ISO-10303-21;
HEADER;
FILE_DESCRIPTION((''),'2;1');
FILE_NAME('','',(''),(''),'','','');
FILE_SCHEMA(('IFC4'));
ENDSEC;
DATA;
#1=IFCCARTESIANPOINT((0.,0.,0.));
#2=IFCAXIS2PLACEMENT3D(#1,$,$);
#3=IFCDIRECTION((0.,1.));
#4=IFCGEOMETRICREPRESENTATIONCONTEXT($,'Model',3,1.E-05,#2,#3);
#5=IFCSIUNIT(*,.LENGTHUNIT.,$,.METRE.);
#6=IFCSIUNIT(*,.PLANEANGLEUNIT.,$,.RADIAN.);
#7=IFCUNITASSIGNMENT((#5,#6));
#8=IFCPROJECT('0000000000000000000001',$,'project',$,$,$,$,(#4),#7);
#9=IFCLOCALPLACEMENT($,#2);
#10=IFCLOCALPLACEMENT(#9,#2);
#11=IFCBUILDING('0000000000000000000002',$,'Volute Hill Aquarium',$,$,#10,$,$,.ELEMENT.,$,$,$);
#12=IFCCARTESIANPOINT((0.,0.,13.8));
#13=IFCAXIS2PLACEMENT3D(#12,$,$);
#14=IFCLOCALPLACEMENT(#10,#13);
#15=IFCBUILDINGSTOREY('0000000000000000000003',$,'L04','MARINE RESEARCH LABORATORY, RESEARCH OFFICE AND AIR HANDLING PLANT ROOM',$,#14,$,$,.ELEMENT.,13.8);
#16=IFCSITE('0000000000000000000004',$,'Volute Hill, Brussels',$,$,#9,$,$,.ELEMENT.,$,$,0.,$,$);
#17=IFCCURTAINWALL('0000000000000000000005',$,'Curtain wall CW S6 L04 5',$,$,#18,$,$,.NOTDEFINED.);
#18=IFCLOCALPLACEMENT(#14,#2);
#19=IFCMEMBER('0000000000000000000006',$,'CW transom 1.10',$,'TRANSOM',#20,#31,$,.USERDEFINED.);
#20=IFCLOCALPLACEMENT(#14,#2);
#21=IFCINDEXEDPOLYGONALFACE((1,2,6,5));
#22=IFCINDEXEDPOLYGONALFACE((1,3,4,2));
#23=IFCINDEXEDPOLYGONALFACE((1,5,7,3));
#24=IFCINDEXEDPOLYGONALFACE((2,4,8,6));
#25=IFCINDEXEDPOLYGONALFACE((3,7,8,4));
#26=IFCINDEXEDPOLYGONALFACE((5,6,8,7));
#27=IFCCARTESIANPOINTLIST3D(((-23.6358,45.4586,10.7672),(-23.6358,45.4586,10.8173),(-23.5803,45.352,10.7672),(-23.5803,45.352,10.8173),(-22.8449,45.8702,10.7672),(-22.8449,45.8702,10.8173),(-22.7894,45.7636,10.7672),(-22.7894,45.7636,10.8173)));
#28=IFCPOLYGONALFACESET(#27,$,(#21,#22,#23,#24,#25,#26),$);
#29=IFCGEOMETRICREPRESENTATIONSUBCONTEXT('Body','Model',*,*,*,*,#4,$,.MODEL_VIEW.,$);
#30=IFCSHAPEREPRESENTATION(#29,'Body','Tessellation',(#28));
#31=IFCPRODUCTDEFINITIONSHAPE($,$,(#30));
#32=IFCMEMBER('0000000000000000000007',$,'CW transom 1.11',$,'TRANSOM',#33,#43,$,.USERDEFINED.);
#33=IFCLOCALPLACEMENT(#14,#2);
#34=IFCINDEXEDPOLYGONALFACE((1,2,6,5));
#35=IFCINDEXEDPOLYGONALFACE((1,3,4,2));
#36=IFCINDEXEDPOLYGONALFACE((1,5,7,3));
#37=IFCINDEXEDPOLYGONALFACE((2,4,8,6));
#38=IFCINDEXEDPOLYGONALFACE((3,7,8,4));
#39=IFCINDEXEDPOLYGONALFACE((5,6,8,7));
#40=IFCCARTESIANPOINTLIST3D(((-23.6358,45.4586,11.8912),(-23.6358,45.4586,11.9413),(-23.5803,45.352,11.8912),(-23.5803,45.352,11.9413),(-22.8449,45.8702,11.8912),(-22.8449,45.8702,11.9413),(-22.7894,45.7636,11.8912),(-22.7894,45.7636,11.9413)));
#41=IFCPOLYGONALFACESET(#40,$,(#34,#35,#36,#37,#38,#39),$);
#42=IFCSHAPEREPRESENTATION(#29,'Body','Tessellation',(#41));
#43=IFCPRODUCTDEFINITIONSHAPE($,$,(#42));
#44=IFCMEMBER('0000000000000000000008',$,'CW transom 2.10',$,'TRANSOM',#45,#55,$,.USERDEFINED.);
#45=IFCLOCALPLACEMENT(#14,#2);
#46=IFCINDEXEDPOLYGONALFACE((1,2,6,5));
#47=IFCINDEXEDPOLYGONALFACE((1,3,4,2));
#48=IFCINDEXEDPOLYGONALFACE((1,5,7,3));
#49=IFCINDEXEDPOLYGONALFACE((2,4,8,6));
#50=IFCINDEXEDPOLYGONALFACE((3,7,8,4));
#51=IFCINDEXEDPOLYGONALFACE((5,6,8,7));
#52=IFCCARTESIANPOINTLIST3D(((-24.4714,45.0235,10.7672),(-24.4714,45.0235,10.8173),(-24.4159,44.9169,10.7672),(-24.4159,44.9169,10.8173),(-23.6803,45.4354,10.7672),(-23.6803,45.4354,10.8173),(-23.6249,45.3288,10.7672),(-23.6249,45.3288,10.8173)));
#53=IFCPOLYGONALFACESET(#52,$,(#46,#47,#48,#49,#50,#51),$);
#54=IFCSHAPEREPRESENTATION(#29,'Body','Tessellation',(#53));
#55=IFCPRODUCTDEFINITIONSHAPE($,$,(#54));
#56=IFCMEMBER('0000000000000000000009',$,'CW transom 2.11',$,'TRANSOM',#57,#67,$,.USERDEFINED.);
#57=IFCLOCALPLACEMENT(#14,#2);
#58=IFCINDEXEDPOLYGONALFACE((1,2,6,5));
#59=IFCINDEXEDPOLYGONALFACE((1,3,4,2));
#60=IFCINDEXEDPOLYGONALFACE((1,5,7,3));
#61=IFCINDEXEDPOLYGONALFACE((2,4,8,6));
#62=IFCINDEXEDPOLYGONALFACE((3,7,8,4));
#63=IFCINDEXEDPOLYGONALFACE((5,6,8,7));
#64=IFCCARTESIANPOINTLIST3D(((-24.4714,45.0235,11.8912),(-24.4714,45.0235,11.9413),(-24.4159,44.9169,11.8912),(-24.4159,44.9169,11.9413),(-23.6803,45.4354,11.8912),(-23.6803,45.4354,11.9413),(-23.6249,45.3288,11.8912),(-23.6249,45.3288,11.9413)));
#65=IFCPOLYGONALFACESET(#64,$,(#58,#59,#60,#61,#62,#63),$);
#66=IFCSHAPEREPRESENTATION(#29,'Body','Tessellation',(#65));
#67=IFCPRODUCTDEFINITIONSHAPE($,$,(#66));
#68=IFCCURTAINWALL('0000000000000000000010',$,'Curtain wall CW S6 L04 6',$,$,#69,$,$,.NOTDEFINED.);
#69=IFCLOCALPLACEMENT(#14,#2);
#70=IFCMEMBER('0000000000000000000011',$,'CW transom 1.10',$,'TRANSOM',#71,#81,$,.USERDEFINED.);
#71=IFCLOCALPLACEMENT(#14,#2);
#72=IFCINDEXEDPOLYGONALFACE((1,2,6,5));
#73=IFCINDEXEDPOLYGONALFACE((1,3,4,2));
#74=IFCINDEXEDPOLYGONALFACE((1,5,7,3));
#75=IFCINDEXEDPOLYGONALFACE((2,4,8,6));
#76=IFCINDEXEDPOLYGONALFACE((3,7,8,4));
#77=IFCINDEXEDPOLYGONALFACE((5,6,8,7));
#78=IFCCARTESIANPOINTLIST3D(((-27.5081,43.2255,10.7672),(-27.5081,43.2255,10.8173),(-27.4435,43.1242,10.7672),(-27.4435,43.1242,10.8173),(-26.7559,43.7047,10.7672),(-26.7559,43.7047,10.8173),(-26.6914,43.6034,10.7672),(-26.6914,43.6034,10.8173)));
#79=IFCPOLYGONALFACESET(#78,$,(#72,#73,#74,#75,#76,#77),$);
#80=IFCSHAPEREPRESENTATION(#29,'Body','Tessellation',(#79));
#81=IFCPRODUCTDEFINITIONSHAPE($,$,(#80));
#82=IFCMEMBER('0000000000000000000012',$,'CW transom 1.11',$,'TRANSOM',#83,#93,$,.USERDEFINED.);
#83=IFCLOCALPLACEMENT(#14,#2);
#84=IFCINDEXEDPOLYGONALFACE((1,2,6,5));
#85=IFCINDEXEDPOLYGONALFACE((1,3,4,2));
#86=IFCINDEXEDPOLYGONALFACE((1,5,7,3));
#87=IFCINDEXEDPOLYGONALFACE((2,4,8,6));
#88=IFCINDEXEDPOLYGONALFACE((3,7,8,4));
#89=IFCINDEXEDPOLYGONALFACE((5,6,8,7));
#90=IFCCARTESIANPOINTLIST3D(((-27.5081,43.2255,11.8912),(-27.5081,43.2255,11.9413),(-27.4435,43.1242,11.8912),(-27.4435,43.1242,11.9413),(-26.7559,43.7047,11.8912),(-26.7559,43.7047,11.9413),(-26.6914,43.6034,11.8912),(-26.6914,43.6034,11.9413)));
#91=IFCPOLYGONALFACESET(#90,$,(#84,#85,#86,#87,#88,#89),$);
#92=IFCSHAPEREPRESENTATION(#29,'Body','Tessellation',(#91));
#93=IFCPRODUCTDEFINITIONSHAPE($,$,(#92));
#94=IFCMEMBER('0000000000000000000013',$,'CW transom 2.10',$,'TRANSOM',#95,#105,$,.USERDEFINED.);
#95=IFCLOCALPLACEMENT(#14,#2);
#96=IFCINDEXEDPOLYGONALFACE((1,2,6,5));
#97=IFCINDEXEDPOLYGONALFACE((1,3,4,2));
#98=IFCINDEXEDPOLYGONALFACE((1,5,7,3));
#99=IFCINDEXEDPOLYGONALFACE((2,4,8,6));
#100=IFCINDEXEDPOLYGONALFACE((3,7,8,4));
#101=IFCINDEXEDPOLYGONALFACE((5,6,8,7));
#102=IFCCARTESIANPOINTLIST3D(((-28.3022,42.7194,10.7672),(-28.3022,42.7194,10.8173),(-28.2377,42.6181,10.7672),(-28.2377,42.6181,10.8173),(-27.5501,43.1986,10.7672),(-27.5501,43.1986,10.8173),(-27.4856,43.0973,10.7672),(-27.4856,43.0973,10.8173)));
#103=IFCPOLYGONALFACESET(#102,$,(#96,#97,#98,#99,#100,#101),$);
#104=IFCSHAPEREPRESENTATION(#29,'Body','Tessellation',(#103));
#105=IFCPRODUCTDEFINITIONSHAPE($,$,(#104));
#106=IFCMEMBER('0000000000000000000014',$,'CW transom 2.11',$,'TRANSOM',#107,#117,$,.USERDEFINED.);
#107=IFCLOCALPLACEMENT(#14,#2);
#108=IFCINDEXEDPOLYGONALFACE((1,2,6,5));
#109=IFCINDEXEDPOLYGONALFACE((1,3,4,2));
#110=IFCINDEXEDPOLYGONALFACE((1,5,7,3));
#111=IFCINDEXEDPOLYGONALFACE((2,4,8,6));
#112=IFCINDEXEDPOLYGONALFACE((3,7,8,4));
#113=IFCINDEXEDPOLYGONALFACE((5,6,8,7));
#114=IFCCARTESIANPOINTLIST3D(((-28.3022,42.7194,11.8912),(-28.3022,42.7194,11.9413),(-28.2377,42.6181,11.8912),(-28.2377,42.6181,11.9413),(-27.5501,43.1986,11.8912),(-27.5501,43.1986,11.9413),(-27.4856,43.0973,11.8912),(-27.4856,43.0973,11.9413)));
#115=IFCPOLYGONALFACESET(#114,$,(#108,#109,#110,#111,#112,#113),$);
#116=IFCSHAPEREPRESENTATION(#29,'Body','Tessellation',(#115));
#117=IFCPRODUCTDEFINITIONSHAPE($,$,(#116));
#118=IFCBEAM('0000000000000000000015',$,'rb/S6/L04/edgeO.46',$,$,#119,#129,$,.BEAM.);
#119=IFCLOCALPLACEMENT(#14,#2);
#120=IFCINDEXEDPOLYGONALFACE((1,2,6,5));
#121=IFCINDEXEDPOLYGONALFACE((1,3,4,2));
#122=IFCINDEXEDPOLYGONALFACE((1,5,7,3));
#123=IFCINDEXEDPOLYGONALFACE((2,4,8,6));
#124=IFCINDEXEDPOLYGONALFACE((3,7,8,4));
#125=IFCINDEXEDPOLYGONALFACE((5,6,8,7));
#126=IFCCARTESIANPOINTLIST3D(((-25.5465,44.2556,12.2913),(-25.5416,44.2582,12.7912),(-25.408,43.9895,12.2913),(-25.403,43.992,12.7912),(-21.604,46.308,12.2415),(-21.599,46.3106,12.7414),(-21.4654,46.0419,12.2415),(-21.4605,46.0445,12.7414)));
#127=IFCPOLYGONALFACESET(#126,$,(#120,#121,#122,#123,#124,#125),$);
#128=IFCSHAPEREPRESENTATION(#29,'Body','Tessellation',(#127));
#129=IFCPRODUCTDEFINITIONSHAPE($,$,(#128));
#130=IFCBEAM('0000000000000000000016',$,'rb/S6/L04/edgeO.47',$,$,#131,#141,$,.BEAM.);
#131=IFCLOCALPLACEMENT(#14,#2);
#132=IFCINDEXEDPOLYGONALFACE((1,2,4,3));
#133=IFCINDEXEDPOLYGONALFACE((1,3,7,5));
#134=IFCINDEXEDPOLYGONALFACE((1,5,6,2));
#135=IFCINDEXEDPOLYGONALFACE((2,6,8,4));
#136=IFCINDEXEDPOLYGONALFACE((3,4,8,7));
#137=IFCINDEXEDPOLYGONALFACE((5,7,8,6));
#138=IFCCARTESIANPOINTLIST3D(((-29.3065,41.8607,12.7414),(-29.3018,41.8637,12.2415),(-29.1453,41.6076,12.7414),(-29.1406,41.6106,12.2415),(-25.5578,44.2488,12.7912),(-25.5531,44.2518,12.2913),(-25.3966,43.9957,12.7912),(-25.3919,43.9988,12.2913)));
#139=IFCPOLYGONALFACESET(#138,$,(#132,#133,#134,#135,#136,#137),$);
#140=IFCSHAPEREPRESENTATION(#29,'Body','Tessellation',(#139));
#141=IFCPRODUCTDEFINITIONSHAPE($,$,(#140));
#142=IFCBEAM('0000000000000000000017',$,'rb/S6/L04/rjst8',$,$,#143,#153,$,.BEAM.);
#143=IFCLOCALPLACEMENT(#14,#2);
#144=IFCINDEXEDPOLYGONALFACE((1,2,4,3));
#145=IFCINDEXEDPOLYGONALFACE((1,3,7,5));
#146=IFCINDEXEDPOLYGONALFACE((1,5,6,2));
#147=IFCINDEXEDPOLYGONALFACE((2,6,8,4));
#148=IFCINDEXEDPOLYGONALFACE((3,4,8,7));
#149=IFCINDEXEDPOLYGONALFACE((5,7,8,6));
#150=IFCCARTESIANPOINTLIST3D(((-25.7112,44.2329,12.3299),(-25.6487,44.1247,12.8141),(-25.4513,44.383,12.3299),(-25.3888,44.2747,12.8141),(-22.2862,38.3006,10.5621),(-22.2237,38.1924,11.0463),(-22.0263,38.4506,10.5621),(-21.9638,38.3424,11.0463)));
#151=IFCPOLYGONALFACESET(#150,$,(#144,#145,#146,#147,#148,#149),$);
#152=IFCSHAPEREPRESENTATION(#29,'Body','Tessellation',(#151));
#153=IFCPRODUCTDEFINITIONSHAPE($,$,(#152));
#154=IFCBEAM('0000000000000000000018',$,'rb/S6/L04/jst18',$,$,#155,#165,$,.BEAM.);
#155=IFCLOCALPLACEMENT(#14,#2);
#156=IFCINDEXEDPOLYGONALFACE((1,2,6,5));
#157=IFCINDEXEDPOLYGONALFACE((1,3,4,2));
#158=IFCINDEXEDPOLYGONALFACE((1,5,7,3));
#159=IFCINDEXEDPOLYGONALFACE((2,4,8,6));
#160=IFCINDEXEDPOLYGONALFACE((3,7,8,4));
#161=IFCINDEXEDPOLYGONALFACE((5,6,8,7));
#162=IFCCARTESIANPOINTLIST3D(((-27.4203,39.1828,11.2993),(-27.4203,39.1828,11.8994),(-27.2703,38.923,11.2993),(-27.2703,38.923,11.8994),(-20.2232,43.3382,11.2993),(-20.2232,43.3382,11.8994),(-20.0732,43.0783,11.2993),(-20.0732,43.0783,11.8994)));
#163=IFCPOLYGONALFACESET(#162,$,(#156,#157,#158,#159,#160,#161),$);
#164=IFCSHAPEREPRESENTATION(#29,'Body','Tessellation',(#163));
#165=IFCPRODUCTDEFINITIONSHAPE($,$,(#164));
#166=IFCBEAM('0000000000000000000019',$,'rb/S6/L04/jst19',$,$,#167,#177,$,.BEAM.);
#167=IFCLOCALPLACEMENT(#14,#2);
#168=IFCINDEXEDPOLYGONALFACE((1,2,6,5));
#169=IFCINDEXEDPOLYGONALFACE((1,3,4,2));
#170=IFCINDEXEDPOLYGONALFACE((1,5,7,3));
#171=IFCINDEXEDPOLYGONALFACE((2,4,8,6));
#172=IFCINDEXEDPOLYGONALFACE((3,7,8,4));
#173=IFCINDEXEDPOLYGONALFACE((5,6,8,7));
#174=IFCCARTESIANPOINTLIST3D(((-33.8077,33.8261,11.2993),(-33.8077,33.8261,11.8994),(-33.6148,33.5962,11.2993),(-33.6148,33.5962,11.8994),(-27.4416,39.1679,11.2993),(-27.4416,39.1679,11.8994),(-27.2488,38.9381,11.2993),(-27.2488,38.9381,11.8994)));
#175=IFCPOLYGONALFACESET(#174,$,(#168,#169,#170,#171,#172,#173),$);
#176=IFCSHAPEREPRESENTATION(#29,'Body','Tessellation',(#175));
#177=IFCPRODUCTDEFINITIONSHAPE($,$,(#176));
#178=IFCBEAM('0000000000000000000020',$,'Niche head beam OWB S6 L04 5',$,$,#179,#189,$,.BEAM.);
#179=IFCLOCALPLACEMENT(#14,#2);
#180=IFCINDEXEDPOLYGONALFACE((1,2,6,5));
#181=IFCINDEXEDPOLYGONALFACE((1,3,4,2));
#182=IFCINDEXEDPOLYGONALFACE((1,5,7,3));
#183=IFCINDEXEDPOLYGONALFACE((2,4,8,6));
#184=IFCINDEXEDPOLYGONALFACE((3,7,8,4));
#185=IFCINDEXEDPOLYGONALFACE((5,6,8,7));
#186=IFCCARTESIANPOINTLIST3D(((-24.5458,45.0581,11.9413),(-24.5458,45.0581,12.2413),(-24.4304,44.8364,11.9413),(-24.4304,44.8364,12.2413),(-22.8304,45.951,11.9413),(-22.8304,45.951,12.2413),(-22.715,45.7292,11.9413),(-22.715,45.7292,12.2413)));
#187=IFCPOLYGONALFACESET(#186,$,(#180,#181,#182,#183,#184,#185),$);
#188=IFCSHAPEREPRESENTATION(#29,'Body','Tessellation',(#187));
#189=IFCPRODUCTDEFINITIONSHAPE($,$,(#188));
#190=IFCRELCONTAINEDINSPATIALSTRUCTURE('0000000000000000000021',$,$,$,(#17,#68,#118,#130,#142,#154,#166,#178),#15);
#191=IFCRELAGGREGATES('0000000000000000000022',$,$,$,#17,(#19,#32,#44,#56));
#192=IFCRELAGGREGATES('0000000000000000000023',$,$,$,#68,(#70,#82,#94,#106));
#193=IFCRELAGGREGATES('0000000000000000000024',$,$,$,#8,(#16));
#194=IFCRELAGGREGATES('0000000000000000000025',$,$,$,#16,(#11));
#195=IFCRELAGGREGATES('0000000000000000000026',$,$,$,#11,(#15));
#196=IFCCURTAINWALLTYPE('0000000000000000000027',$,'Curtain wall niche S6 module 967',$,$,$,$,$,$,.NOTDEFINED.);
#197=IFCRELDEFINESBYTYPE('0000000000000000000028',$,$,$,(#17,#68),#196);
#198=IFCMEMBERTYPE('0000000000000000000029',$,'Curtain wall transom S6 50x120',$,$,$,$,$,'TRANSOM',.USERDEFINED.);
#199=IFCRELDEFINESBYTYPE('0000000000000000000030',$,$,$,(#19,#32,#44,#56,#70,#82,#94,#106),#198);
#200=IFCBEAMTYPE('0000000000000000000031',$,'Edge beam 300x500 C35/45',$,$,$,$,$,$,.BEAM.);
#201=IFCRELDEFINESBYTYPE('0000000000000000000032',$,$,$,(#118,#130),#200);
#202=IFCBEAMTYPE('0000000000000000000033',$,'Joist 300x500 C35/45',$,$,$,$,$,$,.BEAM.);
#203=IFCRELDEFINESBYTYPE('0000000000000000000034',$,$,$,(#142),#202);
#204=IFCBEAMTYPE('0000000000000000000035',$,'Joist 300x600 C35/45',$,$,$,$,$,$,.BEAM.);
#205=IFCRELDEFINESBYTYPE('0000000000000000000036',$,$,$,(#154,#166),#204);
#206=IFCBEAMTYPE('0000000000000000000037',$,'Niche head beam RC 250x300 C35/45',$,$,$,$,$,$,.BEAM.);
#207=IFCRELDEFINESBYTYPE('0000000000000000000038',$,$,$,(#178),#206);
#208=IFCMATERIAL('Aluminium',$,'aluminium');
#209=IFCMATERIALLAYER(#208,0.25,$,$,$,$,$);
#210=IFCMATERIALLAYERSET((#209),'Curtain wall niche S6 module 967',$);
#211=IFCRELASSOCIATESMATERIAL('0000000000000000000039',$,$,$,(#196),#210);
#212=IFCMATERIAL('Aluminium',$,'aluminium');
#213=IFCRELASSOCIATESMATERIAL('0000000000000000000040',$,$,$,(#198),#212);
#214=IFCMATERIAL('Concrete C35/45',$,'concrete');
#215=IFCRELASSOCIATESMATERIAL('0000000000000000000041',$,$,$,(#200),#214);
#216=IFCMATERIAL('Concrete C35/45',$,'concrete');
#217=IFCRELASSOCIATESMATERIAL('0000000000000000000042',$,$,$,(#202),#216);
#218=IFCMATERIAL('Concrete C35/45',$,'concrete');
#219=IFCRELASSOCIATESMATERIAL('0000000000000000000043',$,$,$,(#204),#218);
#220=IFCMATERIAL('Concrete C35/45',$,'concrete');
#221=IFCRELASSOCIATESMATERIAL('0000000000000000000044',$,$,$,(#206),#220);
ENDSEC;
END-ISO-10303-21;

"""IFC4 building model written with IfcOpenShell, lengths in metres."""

from ifc_helpers import new_model, si_unit, direction, frame, origin, origin_2d, place, context, subcontext, project, spatial, rectangle, extrude, material, layer, layer_set, material_profile, profile_set, type_object, element, aggregate, save


model = new_model("IFC4")

# Units and contexts
model_context = context("Model", 3, precision=1e-05, world=origin(), true_north=direction((0.0, 1.0)))
body_context = subcontext(model_context, "Body", "Model", "MODEL_VIEW")
ifc_project = project(units=[si_unit("LENGTHUNIT", "METRE"), si_unit("PLANEANGLEUNIT", "RADIAN")], contexts=[model_context])

# Site, building, storey
site_placement = place(None, origin())
site = spatial("IfcSite", under=ifc_project, at=site_placement, Name="Volute Hill, Brussels", CompositionType="ELEMENT", RefElevation=0.0)
building_placement = place(site_placement, origin())
building = spatial("IfcBuilding", under=site, at=building_placement, Name="Volute Hill Aquarium", CompositionType="ELEMENT")
storey_placement = place(building_placement, frame((0.0, 0.0, 13.8)))
storey = spatial("IfcBuildingStorey", under=building, at=storey_placement, Name="L04", Description="MARINE RESEARCH LABORATORY, RESEARCH OFFICE AND AIR HANDLING PLANT ROOM", CompositionType="ELEMENT", Elevation=13.8)

# Curtain walls, members
ifc_material_1 = material(Name="Aluminium", Category="aluminium")
ifc_layer_1 = layer(ifc_material_1, 0.25)
ifc_layer_set_1 = layer_set([ifc_layer_1], Name="Curtain wall niche S6 module 967")
curtain_wall_type = type_object("IfcCurtainWallType", Name="Curtain wall niche S6 module 967", PredefinedType="NOTDEFINED", material=ifc_layer_set_1)
curtain_wall_1_placement = place(storey_placement, origin())
curtain_wall_1 = element("IfcCurtainWall", 1, at=curtain_wall_1_placement, inside=storey, type_object=curtain_wall_type, Name="Curtain wall CW S6 L04 5", PredefinedType="NOTDEFINED")
ifc_material_2 = material(Name="Aluminium", Category="aluminium")
ifc_material_profile_1 = material_profile(ifc_material_2, rectangle(XDim=0.1201, YDim=0.05, at=origin_2d()), Name="Curtain wall transom S6 50x120")
ifc_profile_set_1 = profile_set([ifc_material_profile_1], Name="Aluminium")
member_type = type_object("IfcMemberType", Name="Curtain wall transom S6 50x120", ElementType="TRANSOM", PredefinedType="USERDEFINED", material=ifc_profile_set_1)
member_1_placement = place(storey_placement, frame((-22.8171, 45.8169, 10.7922), z_axis=(-0.887082, -0.461611, 0.0), x_axis=(0.461611, -0.887082, 0.0)))
member_1 = element("IfcMember", 2, at=member_1_placement, type_object=member_type, Name="CW transom 1.10", ObjectType="TRANSOM", PredefinedType="USERDEFINED", context=body_context, shape_type="SweptSolid", body=[
    extrude(rectangle(XDim=0.1201, YDim=0.05, at=origin_2d()), origin(), (0.0, 0.0, 1.0), 0.8916),
])
member_2_placement = place(storey_placement, frame((-22.8171, 45.8169, 11.9163), z_axis=(-0.887082, -0.461611, 0.0), x_axis=(0.461611, -0.887082, 0.0)))
member_2 = element("IfcMember", 3, at=member_2_placement, type_object=member_type, Name="CW transom 1.11", ObjectType="TRANSOM", PredefinedType="USERDEFINED", context=body_context, shape_type="SweptSolid", body=[
    extrude(rectangle(XDim=0.1201, YDim=0.05, at=origin_2d()), origin(), (0.0, 0.0, 1.0), 0.8916),
])
member_3_placement = place(storey_placement, frame((-23.6526, 45.3821, 10.7922), z_axis=(-0.88697, -0.461827, 0.0), x_axis=(0.461827, -0.88697, 0.0)))
member_3 = element("IfcMember", 4, at=member_3_placement, type_object=member_type, Name="CW transom 2.10", ObjectType="TRANSOM", PredefinedType="USERDEFINED", context=body_context, shape_type="SweptSolid", body=[
    extrude(rectangle(XDim=0.1201, YDim=0.05, at=origin_2d()), origin(), (0.0, 0.0, 1.0), 0.8918),
])
member_4_placement = place(storey_placement, frame((-23.6526, 45.3821, 11.9163), z_axis=(-0.88697, -0.461827, 0.0), x_axis=(0.461827, -0.88697, 0.0)))
member_4 = element("IfcMember", 5, at=member_4_placement, type_object=member_type, Name="CW transom 2.11", ObjectType="TRANSOM", PredefinedType="USERDEFINED", context=body_context, shape_type="SweptSolid", body=[
    extrude(rectangle(XDim=0.1201, YDim=0.05, at=origin_2d()), origin(), (0.0, 0.0, 1.0), 0.8918),
])
curtain_wall_2_placement = place(storey_placement, origin())
curtain_wall_2 = element("IfcCurtainWall", 6, at=curtain_wall_2_placement, inside=storey, type_object=curtain_wall_type, Name="Curtain wall CW S6 L04 6", PredefinedType="NOTDEFINED")
member_5_placement = place(storey_placement, frame((-26.7236, 43.6541, 10.7922), z_axis=(-0.843368, -0.537336, 0.0), x_axis=(0.537336, -0.843368, 0.0)))
member_5 = element("IfcMember", 7, at=member_5_placement, type_object=member_type, Name="CW transom 1.10", ObjectType="TRANSOM", PredefinedType="USERDEFINED", context=body_context, shape_type="SweptSolid", body=[
    extrude(rectangle(XDim=0.1201, YDim=0.05, at=origin_2d()), origin(), (0.0, 0.0, 1.0), 0.8918),
])
member_6_placement = place(storey_placement, frame((-26.7236, 43.6541, 11.9163), z_axis=(-0.843368, -0.537336, 0.0), x_axis=(0.537336, -0.843368, 0.0)))
member_6 = element("IfcMember", 8, at=member_6_placement, type_object=member_type, Name="CW transom 1.11", ObjectType="TRANSOM", PredefinedType="USERDEFINED", context=body_context, shape_type="SweptSolid", body=[
    extrude(rectangle(XDim=0.1201, YDim=0.05, at=origin_2d()), origin(), (0.0, 0.0, 1.0), 0.8918),
])
member_7_placement = place(storey_placement, frame((-27.5178, 43.1479, 10.7922), z_axis=(-0.843368, -0.537336, 0.0), x_axis=(0.537336, -0.843368, 0.0)))
member_7 = element("IfcMember", 9, at=member_7_placement, type_object=member_type, Name="CW transom 2.10", ObjectType="TRANSOM", PredefinedType="USERDEFINED", context=body_context, shape_type="SweptSolid", body=[
    extrude(rectangle(XDim=0.1201, YDim=0.05, at=origin_2d()), origin(), (0.0, 0.0, 1.0), 0.8918),
])
member_8_placement = place(storey_placement, frame((-27.5178, 43.1479, 11.9163), z_axis=(-0.843368, -0.537336, 0.0), x_axis=(0.537336, -0.843368, 0.0)))
member_8 = element("IfcMember", 10, at=member_8_placement, type_object=member_type, Name="CW transom 2.11", ObjectType="TRANSOM", PredefinedType="USERDEFINED", context=body_context, shape_type="SweptSolid", body=[
    extrude(rectangle(XDim=0.1201, YDim=0.05, at=origin_2d()), origin(), (0.0, 0.0, 1.0), 0.8918),
])

# Beams
ifc_material_3 = material(Name="Concrete C35/45", Category="concrete")
ifc_material_profile_2 = material_profile(ifc_material_3, rectangle(XDim=0.3, YDim=0.5, at=origin_2d()), Name="RC edge beam 300x500")
ifc_profile_set_2 = profile_set([ifc_material_profile_2], Name="Concrete C35/45")
beam_type_1 = type_object("IfcBeamType", Name="Edge beam 300x500 C35/45", PredefinedType="BEAM", material=ifc_profile_set_2)
for number, where, z_axis, x_axis, name in (
    (11, (-21.5322, 46.1763, 12.4915), (-0.886947, -0.461735, 0.011204), (0.461764, -0.887003, 0.0), "rb/S6/L04/edgeO.46"),
    (12, (-25.4749, 44.1238, 12.5413), (-0.843344, -0.537258, -0.011204), (0.537291, -0.843397, 0.0), "rb/S6/L04/edgeO.47"),
):
    element("IfcBeam", number, at=place(storey_placement, frame(where, z_axis=z_axis, x_axis=x_axis)), inside=storey, type_object=beam_type_1, Name=name, PredefinedType="BEAM", context=body_context, shape_type="SweptSolid", body=[
        extrude(rectangle(XDim=0.3, YDim=0.5, at=origin_2d()), origin(), (0.0, 0.0, 1.0), 4.4451),
    ])
ifc_material_4 = material(Name="Concrete C35/45", Category="concrete")
ifc_material_profile_3 = material_profile(ifc_material_4, rectangle(XDim=0.3, YDim=0.5, at=origin_2d()), Name="RC joist 300x500")
ifc_profile_set_3 = profile_set([ifc_material_profile_3], Name="Concrete C35/45")
beam_type_2 = type_object("IfcBeamType", Name="Joist 300x500 C35/45", PredefinedType="BEAM", material=ifc_profile_set_3)
beam_1_placement = place(storey_placement, frame((-22.125, 38.3215, 10.8042), z_axis=(-0.484137, 0.838552, 0.249885), x_axis=(-0.866026, -0.499999, 0.0)))
element("IfcBeam", 13, at=beam_1_placement, inside=storey, type_object=beam_type_2, Name="rb/S6/L04/rjst8", PredefinedType="BEAM", context=body_context, shape_type="SweptSolid", body=[
    extrude(rectangle(XDim=0.3, YDim=0.5, at=origin_2d()), origin(), (0.0, 0.0, 1.0), 7.0745),
])
ifc_material_5 = material(Name="Concrete C35/45", Category="concrete")
ifc_material_profile_4 = material_profile(ifc_material_5, rectangle(XDim=0.3, YDim=0.6001, at=origin_2d()), Name="RC joist 300x600")
ifc_profile_set_4 = profile_set([ifc_material_profile_4], Name="Concrete C35/45")
beam_type_3 = type_object("IfcBeamType", Name="Joist 300x600 C35/45", PredefinedType="BEAM", material=ifc_profile_set_4)
beam_2_placement = place(storey_placement, frame((-20.1482, 43.2083, 11.5994), z_axis=(-0.866022, -0.500006, 0.0), x_axis=(0.500006, -0.866022, 0.0)))
element("IfcBeam", 14, at=beam_2_placement, inside=storey, type_object=beam_type_3, Name="rb/S6/L04/jst18", PredefinedType="BEAM", context=body_context, shape_type="SweptSolid", body=[
    extrude(rectangle(XDim=0.3, YDim=0.6001, at=origin_2d()), origin(), (0.0, 0.0, 1.0), 8.3105),
])
beam_3_placement = place(storey_placement, frame((-27.3452, 39.053, 11.5994), z_axis=(-0.766038, -0.642796, 0.0), x_axis=(0.642796, -0.766038, 0.0)))
element("IfcBeam", 15, at=beam_3_placement, inside=storey, type_object=beam_type_3, Name="rb/S6/L04/jst19", PredefinedType="BEAM", context=body_context, shape_type="SweptSolid", body=[
    extrude(rectangle(XDim=0.3, YDim=0.6001, at=origin_2d()), origin(), (0.0, 0.0, 1.0), 8.3103),
])
ifc_material_6 = material(Name="Concrete C35/45", Category="concrete")
ifc_material_profile_5 = material_profile(ifc_material_6, rectangle(XDim=0.25, YDim=0.3, at=origin_2d()), Name="RC beam 250x300")
ifc_profile_set_5 = profile_set([ifc_material_profile_5], Name="Concrete C35/45")
beam_type_4 = type_object("IfcBeamType", Name="Niche head beam RC 250x300 C35/45", PredefinedType="BEAM", material=ifc_profile_set_5)
for number, where, z_axis, x_axis, name in (
    (16, (-22.7727, 45.8401, 12.0913), (-0.887037, -0.461699, 0.0), (0.461699, -0.887037, 0.0), "Niche head beam OWB S6 L04 5"),
):
    element("IfcBeam", number, at=place(storey_placement, frame(where, z_axis=z_axis, x_axis=x_axis)), inside=storey, type_object=beam_type_4, Name=name, PredefinedType="BEAM", context=body_context, shape_type="SweptSolid", body=[
        extrude(rectangle(XDim=0.25, YDim=0.3, at=origin_2d()), origin(), (0.0, 0.0, 1.0), 1.9338),
    ])

aggregate(curtain_wall_1, [member_1, member_2, member_3, member_4])
aggregate(curtain_wall_2, [member_5, member_6, member_7, member_8])

save(model, "model.ifc")
